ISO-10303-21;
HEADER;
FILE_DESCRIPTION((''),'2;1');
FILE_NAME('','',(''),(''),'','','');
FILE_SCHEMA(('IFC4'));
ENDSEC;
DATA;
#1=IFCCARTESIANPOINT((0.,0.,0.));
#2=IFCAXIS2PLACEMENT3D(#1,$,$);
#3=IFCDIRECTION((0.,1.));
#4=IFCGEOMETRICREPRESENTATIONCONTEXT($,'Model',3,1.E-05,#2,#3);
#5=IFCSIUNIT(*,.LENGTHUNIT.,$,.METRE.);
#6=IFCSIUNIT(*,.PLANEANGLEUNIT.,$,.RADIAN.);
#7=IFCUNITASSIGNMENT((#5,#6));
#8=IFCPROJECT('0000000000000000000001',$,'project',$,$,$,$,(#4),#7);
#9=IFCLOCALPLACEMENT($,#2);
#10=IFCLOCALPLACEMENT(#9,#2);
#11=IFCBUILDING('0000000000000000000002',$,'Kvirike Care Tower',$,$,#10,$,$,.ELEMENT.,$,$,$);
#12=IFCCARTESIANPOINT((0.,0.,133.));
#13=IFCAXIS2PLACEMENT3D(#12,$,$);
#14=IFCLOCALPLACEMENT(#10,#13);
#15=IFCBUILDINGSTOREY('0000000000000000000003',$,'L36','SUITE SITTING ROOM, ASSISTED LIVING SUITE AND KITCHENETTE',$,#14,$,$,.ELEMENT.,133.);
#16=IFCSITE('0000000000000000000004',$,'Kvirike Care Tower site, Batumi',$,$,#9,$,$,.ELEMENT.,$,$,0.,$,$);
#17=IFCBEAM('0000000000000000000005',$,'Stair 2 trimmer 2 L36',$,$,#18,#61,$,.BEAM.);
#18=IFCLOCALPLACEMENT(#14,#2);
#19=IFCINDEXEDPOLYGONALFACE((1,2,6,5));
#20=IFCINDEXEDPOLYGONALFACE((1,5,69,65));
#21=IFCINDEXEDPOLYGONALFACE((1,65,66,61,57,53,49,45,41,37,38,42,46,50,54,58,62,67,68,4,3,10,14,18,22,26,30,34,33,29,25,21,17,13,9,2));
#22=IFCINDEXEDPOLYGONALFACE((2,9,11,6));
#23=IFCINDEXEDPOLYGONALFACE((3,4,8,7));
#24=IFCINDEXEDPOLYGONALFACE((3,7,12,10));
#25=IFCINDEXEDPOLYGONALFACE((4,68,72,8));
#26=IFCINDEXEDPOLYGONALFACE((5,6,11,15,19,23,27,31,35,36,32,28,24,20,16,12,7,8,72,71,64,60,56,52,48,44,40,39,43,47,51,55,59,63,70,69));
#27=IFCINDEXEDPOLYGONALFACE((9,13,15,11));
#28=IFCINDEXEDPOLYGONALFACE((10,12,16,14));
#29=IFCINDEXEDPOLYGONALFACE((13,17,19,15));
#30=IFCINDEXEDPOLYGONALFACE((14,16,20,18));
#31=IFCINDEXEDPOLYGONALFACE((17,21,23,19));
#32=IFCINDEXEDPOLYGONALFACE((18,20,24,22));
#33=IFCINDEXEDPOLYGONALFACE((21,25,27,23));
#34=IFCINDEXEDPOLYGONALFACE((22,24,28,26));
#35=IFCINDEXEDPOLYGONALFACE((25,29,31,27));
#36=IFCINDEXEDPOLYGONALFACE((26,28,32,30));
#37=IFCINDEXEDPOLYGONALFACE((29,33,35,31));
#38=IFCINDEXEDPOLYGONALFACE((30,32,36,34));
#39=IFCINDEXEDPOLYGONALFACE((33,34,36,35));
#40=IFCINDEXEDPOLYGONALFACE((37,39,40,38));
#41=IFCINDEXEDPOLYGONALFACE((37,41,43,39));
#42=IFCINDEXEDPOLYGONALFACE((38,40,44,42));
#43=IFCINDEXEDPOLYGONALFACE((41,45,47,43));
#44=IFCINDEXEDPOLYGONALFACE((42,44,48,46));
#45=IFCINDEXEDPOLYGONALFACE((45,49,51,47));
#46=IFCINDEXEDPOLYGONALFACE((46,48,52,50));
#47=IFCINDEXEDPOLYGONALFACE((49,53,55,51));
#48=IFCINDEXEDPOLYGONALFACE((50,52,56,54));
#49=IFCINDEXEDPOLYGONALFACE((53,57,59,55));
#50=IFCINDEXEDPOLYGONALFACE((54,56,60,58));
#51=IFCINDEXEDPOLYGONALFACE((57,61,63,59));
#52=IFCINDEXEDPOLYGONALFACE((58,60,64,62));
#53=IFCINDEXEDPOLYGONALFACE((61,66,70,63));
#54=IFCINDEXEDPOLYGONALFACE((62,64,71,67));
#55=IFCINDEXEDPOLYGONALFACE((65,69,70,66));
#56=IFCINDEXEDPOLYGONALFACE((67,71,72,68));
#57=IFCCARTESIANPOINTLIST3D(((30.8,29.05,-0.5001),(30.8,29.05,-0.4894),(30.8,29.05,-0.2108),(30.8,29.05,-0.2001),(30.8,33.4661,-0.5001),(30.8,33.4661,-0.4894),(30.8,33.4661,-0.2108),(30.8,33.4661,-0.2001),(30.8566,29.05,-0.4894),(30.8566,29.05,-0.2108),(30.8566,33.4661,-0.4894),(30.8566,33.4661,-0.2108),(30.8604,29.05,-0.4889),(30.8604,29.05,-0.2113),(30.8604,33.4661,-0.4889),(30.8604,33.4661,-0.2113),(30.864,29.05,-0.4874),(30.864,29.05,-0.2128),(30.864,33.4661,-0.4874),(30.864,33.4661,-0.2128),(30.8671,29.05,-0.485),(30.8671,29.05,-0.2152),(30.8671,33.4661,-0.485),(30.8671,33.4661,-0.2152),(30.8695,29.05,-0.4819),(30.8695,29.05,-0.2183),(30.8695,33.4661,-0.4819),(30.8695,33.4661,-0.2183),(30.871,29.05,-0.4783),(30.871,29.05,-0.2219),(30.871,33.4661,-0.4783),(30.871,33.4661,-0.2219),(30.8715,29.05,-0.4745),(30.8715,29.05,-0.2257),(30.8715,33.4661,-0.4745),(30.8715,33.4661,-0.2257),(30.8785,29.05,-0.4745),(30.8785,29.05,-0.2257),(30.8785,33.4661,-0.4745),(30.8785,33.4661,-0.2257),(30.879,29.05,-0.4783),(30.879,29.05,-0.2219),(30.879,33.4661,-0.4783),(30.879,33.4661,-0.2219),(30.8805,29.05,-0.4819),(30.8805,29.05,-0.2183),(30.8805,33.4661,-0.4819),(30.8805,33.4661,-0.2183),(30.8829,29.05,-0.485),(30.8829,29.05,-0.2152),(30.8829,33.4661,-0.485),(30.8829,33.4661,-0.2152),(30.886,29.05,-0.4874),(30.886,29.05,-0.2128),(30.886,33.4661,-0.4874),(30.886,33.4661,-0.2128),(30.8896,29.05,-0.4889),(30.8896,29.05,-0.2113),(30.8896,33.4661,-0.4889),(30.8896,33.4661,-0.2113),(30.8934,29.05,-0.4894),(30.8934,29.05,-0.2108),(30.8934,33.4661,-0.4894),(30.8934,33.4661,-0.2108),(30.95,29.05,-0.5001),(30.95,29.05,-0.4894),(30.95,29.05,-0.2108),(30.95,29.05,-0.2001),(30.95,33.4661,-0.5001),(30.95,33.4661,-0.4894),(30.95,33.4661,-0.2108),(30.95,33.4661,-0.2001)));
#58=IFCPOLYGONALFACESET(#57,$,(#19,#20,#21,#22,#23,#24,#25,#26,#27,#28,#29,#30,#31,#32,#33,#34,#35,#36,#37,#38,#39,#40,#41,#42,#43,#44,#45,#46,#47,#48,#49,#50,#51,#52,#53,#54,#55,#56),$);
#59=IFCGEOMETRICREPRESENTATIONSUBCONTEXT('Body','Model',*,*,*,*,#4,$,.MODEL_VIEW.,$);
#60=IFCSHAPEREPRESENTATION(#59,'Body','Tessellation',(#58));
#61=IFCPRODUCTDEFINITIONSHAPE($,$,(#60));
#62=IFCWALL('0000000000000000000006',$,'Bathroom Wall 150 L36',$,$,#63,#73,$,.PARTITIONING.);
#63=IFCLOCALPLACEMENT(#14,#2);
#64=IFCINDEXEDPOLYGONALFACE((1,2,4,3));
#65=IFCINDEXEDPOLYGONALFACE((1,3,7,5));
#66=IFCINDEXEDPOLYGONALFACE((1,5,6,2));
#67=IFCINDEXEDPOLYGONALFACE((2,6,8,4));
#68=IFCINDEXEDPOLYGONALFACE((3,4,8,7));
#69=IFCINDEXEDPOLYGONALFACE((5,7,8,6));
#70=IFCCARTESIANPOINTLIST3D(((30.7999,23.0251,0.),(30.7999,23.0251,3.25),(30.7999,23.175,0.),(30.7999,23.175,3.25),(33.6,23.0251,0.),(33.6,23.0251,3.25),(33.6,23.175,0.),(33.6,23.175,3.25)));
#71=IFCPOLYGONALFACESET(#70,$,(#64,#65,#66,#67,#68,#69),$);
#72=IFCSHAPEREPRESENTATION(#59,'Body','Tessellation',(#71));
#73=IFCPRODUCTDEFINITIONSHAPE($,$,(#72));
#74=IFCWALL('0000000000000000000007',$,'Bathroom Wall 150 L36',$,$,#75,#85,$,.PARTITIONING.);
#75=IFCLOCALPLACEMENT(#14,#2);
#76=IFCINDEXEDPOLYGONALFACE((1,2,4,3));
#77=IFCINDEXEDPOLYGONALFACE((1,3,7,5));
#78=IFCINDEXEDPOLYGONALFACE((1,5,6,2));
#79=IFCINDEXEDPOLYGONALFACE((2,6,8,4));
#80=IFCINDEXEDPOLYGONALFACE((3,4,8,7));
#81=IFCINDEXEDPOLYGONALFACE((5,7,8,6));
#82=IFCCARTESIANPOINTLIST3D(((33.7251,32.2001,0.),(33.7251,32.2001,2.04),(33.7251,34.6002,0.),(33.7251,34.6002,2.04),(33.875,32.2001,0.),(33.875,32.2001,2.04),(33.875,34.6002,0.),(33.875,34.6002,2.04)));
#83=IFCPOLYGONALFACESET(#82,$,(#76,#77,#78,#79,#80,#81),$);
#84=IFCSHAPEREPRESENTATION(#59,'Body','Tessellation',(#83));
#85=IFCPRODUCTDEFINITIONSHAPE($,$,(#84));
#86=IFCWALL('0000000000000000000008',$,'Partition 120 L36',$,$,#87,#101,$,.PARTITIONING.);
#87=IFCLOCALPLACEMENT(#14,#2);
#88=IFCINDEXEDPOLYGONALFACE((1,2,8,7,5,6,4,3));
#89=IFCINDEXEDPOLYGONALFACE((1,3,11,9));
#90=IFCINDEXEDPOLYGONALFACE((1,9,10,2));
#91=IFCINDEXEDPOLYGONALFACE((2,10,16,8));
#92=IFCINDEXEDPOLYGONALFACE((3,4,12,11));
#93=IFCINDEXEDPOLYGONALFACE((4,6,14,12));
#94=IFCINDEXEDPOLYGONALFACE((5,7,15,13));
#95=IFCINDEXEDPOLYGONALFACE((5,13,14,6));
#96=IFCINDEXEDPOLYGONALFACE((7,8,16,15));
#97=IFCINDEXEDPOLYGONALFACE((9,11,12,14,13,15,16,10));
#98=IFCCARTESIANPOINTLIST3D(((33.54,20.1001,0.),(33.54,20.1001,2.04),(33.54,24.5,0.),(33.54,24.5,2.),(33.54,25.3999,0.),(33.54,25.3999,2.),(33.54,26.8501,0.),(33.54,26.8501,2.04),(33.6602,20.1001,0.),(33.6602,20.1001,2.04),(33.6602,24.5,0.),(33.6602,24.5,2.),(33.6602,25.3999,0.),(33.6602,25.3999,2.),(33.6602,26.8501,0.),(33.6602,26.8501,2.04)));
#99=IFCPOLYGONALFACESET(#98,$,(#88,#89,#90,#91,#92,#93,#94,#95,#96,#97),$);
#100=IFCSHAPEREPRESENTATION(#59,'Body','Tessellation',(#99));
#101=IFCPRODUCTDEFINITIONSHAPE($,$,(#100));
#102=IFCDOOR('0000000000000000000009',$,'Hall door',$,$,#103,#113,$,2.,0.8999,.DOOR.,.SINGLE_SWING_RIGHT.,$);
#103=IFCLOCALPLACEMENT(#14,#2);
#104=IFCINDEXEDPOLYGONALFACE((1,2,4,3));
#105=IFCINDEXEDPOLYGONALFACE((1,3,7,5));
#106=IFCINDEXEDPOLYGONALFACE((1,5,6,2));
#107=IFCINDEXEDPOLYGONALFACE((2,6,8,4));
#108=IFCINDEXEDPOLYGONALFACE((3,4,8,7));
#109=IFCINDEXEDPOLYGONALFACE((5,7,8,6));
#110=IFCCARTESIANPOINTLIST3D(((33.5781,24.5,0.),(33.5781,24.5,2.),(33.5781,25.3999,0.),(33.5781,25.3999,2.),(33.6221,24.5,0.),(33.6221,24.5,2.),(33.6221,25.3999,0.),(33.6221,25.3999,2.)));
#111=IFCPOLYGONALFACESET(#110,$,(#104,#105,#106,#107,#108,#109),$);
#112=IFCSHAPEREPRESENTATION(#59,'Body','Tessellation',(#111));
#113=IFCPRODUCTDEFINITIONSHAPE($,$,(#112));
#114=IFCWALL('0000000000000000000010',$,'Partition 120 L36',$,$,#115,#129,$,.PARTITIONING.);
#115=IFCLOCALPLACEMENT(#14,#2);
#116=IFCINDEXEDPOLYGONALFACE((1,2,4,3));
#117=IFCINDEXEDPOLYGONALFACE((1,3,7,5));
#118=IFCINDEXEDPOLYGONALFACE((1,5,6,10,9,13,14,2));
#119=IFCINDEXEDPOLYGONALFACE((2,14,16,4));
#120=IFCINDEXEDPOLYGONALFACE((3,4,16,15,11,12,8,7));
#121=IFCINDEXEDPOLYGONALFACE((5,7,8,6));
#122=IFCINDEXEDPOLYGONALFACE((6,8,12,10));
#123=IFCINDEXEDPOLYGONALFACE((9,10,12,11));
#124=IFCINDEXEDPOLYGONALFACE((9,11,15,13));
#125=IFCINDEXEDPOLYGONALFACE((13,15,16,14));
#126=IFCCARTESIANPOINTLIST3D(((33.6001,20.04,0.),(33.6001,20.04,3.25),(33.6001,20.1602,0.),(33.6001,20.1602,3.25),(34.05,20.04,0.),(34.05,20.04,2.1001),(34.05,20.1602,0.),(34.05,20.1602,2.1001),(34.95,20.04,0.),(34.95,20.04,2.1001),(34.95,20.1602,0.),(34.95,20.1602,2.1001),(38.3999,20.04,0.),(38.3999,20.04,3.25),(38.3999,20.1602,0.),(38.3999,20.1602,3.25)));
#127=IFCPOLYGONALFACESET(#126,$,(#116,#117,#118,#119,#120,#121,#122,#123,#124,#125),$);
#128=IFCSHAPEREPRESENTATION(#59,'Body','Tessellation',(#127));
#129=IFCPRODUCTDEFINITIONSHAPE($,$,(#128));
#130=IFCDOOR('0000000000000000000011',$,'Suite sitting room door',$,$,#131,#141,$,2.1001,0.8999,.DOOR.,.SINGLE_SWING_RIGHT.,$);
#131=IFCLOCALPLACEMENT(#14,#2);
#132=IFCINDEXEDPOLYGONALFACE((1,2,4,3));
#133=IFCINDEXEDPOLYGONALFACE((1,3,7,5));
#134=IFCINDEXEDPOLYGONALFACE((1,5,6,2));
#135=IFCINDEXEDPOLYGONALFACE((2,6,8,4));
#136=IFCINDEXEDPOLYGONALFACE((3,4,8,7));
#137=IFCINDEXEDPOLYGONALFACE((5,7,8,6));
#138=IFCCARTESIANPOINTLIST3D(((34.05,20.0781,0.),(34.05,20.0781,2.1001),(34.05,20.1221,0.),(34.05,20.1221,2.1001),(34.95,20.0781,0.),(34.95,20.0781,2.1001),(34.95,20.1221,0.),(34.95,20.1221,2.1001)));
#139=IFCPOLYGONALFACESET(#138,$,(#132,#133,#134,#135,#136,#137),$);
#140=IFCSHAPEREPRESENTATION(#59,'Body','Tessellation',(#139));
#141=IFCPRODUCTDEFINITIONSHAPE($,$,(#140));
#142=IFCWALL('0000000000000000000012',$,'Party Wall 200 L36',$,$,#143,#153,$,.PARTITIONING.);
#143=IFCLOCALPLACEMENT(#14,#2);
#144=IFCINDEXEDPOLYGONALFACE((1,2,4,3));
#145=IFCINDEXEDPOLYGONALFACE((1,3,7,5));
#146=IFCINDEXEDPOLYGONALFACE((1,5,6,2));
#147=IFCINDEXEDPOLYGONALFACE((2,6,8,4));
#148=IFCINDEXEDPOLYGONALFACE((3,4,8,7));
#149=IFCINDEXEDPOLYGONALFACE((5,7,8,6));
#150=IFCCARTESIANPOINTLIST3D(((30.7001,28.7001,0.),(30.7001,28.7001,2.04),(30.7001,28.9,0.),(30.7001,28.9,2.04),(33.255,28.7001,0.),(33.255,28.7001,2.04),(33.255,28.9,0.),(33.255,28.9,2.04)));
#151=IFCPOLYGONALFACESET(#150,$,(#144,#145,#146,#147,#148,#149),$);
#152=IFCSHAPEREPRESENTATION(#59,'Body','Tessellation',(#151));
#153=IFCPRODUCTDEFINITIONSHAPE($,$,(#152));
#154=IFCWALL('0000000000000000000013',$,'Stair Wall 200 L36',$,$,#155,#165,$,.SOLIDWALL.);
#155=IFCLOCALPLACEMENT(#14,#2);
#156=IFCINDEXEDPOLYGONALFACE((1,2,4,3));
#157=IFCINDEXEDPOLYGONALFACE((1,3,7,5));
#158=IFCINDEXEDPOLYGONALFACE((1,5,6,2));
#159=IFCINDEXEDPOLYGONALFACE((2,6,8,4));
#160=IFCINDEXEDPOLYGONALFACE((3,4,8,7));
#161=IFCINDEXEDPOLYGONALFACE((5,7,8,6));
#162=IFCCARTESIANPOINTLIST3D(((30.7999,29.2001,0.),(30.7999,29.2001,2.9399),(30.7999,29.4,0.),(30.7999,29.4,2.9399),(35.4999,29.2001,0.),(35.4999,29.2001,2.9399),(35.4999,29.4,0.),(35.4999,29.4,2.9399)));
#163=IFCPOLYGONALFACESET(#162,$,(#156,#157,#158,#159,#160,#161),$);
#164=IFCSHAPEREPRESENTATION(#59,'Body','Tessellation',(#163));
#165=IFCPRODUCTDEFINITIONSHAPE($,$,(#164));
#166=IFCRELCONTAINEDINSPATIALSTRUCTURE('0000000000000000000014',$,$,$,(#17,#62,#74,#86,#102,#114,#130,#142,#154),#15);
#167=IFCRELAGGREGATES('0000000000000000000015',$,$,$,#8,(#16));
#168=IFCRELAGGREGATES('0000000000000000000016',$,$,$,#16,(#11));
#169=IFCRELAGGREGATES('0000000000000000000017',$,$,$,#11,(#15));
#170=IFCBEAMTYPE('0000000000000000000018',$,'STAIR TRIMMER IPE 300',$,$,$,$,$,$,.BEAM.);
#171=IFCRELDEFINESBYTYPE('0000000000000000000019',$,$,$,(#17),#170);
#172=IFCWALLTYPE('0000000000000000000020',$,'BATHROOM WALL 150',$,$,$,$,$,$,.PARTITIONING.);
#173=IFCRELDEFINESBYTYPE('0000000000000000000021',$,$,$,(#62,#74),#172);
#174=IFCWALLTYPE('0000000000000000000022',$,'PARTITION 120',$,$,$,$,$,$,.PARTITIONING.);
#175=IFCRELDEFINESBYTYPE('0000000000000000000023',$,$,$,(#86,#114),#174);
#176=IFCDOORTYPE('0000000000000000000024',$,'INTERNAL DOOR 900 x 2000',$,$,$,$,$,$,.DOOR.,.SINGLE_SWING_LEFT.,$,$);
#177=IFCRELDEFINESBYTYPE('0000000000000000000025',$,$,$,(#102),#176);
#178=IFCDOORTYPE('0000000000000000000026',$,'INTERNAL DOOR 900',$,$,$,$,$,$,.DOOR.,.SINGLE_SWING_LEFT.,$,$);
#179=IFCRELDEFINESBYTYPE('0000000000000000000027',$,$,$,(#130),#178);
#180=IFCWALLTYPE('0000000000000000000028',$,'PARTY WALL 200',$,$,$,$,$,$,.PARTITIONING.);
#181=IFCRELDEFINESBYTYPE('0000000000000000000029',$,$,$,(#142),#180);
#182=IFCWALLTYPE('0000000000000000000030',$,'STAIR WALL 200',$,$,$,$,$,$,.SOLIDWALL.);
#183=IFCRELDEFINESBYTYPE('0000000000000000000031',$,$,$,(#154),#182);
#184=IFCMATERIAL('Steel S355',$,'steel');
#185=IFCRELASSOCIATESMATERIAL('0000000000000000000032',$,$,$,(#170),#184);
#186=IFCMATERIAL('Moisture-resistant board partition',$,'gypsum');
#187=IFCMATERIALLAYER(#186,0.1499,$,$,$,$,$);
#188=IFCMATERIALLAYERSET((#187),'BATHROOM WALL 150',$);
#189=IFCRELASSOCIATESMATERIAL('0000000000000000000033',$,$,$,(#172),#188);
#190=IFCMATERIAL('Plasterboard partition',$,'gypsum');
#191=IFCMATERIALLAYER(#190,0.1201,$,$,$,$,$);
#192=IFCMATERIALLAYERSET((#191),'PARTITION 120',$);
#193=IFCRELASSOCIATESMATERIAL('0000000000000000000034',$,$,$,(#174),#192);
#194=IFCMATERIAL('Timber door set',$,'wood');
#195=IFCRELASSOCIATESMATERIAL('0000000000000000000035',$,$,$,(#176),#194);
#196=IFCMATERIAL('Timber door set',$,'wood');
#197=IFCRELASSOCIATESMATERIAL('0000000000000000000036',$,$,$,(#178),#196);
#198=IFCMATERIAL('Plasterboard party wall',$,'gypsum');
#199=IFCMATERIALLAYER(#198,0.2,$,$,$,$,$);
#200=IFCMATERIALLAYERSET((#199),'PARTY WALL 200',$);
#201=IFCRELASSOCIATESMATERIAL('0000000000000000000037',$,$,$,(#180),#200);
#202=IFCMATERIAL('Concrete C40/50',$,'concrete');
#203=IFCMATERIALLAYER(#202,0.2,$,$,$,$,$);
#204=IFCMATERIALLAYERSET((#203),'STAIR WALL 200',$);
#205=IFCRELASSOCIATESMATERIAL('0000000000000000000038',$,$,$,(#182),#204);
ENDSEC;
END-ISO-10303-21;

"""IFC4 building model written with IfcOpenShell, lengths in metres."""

from ifc_helpers import new_model, si_unit, direction, frame, frame_2d, origin, origin_2d, place, context, subcontext, project, spatial, rectangle, i_section, extrude, material, layer, layer_set, material_profile, profile_set, type_object, element, fill, save


model = new_model("IFC4")

# Units and contexts
model_context = context("Model", 3, precision=1e-05, world=origin(), true_north=direction((0.0, 1.0)))
body_context = subcontext(model_context, "Body", "Model", "MODEL_VIEW")
ifc_project = project(units=[si_unit("LENGTHUNIT", "METRE"), si_unit("PLANEANGLEUNIT", "RADIAN")], contexts=[model_context])

# Site, building, storey
site_placement = place(None, origin())
site = spatial("IfcSite", under=ifc_project, at=site_placement, Name="Kvirike Care Tower site, Batumi", CompositionType="ELEMENT", RefElevation=0.0)
building_placement = place(site_placement, origin())
building = spatial("IfcBuilding", under=site, at=building_placement, Name="Kvirike Care Tower", CompositionType="ELEMENT")
storey_placement = place(building_placement, frame((0.0, 0.0, 133.0)))
storey = spatial("IfcBuildingStorey", under=building, at=storey_placement, Name="L36", Description="SUITE SITTING ROOM, ASSISTED LIVING SUITE AND KITCHENETTE", CompositionType="ELEMENT", Elevation=133.0)

# Beam
ifc_material_1 = material(Name="Steel S355", Category="steel")
ifc_material_profile_1 = material_profile(ifc_material_1, i_section(OverallWidth=0.1499, OverallDepth=0.3, WebThickness=0.0071, FlangeThickness=0.0107, FilletRadius=0.0149, at=origin_2d()), Name="IPE 300")
ifc_profile_set_1 = profile_set([ifc_material_profile_1], Name="Steel S355")
beam_type_1 = type_object("IfcBeamType", Name="STAIR TRIMMER IPE 300", PredefinedType="BEAM", material=ifc_profile_set_1)
for number, where, z_axis, x_axis, name in (
    (1, (30.875, 29.05, -0.3501), (0.0, 1.0, 0.0), (-1.0, 0.0, 0.0), "Stair 2 trimmer 2 L36"),
):
    element("IfcBeam", number, at=place(storey_placement, frame(where, z_axis=z_axis, x_axis=x_axis)), inside=storey, type_object=beam_type_1, Name=name, PredefinedType="BEAM", context=body_context, shape_type="SweptSolid", body=[
        extrude(i_section(OverallWidth=0.1499, OverallDepth=0.3, WebThickness=0.0071, FlangeThickness=0.0107, FilletRadius=0.0149, at=origin_2d()), origin(), (0.0, 0.0, 1.0), 4.416),
    ])

# Walls
ifc_material_2 = material(Name="Moisture-resistant board partition", Category="gypsum")
ifc_layer_1 = layer(ifc_material_2, 0.1499)
ifc_layer_set_1 = layer_set([ifc_layer_1], Name="BATHROOM WALL 150")
wall_type_1 = type_object("IfcWallType", Name="BATHROOM WALL 150", PredefinedType="PARTITIONING", material=ifc_layer_set_1)
wall_1_placement = place(storey_placement, frame((30.8, 23.1001, 0.0), z_axis=(0.0, 0.0, 1.0), x_axis=(1.0, 0.0, 0.0)))
element("IfcWall", 2, at=wall_1_placement, inside=storey, type_object=wall_type_1, Name="Bathroom Wall 150 L36", PredefinedType="PARTITIONING", context=body_context, shape_type="SweptSolid", body=[
    extrude(rectangle(XDim=2.8, YDim=0.1499, at=frame_2d((1.3999, 0.0))), origin(), (0.0, 0.0, 1.0), 3.25),
])
wall_2_placement = place(storey_placement, frame((33.8, 32.2, 0.0), z_axis=(0.0, 0.0, 1.0), x_axis=(0.0, 1.0, 0.0)))
element("IfcWall", 3, at=wall_2_placement, inside=storey, type_object=wall_type_1, Name="Bathroom Wall 150 L36", PredefinedType="PARTITIONING", context=body_context, shape_type="SweptSolid", body=[
    extrude(rectangle(XDim=2.4001, YDim=0.1499, at=frame_2d((1.2002, 0.0))), origin(), (0.0, 0.0, 1.0), 2.04),
])

# Walls, openings, doors
ifc_material_3 = material(Name="Plasterboard partition", Category="gypsum")
ifc_layer_2 = layer(ifc_material_3, 0.1201)
ifc_layer_set_2 = layer_set([ifc_layer_2], Name="PARTITION 120")
wall_type_2 = type_object("IfcWallType", Name="PARTITION 120", PredefinedType="PARTITIONING", material=ifc_layer_set_2)
wall_3_placement = place(storey_placement, frame((33.6001, 20.1001, 0.0), z_axis=(0.0, 0.0, 1.0), x_axis=(0.0, 1.0, 0.0)))
wall_3 = element("IfcWall", 4, at=wall_3_placement, inside=storey, type_object=wall_type_2, Name="Partition 120 L36", PredefinedType="PARTITIONING", context=body_context, shape_type="SweptSolid", body=[
    extrude(rectangle(XDim=6.75, YDim=0.1201, at=frame_2d((3.375, 0.0))), origin(), (0.0, 0.0, 1.0), 2.04),
])
opening_1_placement = place(wall_3_placement, frame((4.3999, 0.0, 0.0)))
opening_1 = element("IfcOpeningElement", 5, at=opening_1_placement, cuts=wall_3, PredefinedType="OPENING", context=body_context, shape_type="SweptSolid", body=[
    extrude(rectangle(XDim=0.8999, YDim=2.0, at=frame_2d((0.45, 1.0))), frame((0.0, 0.0706, 0.0), z_axis=(0.0, -1.0, 0.0), x_axis=(1.0, 0.0, 0.0)), (0.0, 0.0, 1.0), 0.1411),
])
ifc_material_4 = material(Name="Timber door set", Category="wood")
door_type_1 = type_object("IfcDoorType", Name="INTERNAL DOOR 900 x 2000", OperationType="SINGLE_SWING_LEFT", PredefinedType="DOOR", material=ifc_material_4)
door_1_placement = place(opening_1_placement, origin())
door_1 = element("IfcDoor", 6, at=door_1_placement, inside=storey, type_object=door_type_1, Name="Hall door", OperationType="SINGLE_SWING_RIGHT", OverallHeight=2.0, OverallWidth=0.8999, PredefinedType="DOOR", context=body_context, shape_type="SweptSolid", body=[
    extrude(rectangle(XDim=0.8999, YDim=2.0, at=frame_2d((0.45, 1.0))), frame((0.0, 0.022, 0.0), z_axis=(0.0, -1.0, 0.0), x_axis=(1.0, 0.0, 0.0)), (0.0, 0.0, 1.0), 0.0439),
])
fill(opening_1, door_1)
wall_4_placement = place(storey_placement, frame((33.6001, 20.1001, 0.0), z_axis=(0.0, 0.0, 1.0), x_axis=(1.0, 0.0, 0.0)))
wall_4 = element("IfcWall", 7, at=wall_4_placement, inside=storey, type_object=wall_type_2, Name="Partition 120 L36", PredefinedType="PARTITIONING", context=body_context, shape_type="SweptSolid", body=[
    extrude(rectangle(XDim=4.7998, YDim=0.1201, at=frame_2d((2.3999, 0.0))), origin(), (0.0, 0.0, 1.0), 3.25),
])
opening_2_placement = place(wall_4_placement, frame((0.45, 0.0, 0.0)))
opening_2 = element("IfcOpeningElement", 8, at=opening_2_placement, cuts=wall_4, PredefinedType="OPENING", context=body_context, shape_type="SweptSolid", body=[
    extrude(rectangle(XDim=0.8999, YDim=2.1001, at=frame_2d((0.45, 1.05))), frame((0.0, 0.0706, 0.0), z_axis=(0.0, -1.0, 0.0), x_axis=(1.0, 0.0, 0.0)), (0.0, 0.0, 1.0), 0.1411),
])
ifc_material_5 = material(Name="Timber door set", Category="wood")
door_type_2 = type_object("IfcDoorType", Name="INTERNAL DOOR 900", OperationType="SINGLE_SWING_LEFT", PredefinedType="DOOR", material=ifc_material_5)
door_2_placement = place(opening_2_placement, origin())
door_2 = element("IfcDoor", 9, at=door_2_placement, inside=storey, type_object=door_type_2, Name="Suite sitting room door", OperationType="SINGLE_SWING_RIGHT", OverallHeight=2.1001, OverallWidth=0.8999, PredefinedType="DOOR", context=body_context, shape_type="SweptSolid", body=[
    extrude(rectangle(XDim=0.8999, YDim=2.1001, at=frame_2d((0.45, 1.05))), frame((0.0, 0.022, 0.0), z_axis=(0.0, -1.0, 0.0), x_axis=(1.0, 0.0, 0.0)), (0.0, 0.0, 1.0), 0.0439),
])
fill(opening_2, door_2)

# Walls
ifc_material_6 = material(Name="Plasterboard party wall", Category="gypsum")
ifc_layer_3 = layer(ifc_material_6, 0.2)
ifc_layer_set_3 = layer_set([ifc_layer_3], Name="PARTY WALL 200")
wall_type_3 = type_object("IfcWallType", Name="PARTY WALL 200", PredefinedType="PARTITIONING", material=ifc_layer_set_3)
wall_5_placement = place(storey_placement, frame((33.2549, 28.8, 0.0), z_axis=(0.0, 0.0, 1.0), x_axis=(-1.0, 0.0, 0.0)))
element("IfcWall", 10, at=wall_5_placement, inside=storey, type_object=wall_type_3, Name="Party Wall 200 L36", PredefinedType="PARTITIONING", context=body_context, shape_type="SweptSolid", body=[
    extrude(rectangle(XDim=2.5549, YDim=0.2, at=frame_2d((1.2773, 0.0))), origin(), (0.0, 0.0, 1.0), 2.04),
])
ifc_material_7 = material(Name="Concrete C40/50", Category="concrete")
ifc_layer_4 = layer(ifc_material_7, 0.2)
ifc_layer_set_4 = layer_set([ifc_layer_4], Name="STAIR WALL 200")
wall_type_4 = type_object("IfcWallType", Name="STAIR WALL 200", PredefinedType="SOLIDWALL", material=ifc_layer_set_4)
wall_6_placement = place(storey_placement, frame((35.5, 29.3, 0.0), z_axis=(0.0, 0.0, 1.0), x_axis=(-1.0, 0.0, 0.0)))
element("IfcWall", 11, at=wall_6_placement, inside=storey, type_object=wall_type_4, Name="Stair Wall 200 L36", PredefinedType="SOLIDWALL", context=body_context, shape_type="SweptSolid", body=[
    extrude(rectangle(XDim=4.7, YDim=0.2, at=frame_2d((2.3501, 0.0))), origin(), (0.0, 0.0, 1.0), 2.9399),
])

save(model, "model.ifc")
